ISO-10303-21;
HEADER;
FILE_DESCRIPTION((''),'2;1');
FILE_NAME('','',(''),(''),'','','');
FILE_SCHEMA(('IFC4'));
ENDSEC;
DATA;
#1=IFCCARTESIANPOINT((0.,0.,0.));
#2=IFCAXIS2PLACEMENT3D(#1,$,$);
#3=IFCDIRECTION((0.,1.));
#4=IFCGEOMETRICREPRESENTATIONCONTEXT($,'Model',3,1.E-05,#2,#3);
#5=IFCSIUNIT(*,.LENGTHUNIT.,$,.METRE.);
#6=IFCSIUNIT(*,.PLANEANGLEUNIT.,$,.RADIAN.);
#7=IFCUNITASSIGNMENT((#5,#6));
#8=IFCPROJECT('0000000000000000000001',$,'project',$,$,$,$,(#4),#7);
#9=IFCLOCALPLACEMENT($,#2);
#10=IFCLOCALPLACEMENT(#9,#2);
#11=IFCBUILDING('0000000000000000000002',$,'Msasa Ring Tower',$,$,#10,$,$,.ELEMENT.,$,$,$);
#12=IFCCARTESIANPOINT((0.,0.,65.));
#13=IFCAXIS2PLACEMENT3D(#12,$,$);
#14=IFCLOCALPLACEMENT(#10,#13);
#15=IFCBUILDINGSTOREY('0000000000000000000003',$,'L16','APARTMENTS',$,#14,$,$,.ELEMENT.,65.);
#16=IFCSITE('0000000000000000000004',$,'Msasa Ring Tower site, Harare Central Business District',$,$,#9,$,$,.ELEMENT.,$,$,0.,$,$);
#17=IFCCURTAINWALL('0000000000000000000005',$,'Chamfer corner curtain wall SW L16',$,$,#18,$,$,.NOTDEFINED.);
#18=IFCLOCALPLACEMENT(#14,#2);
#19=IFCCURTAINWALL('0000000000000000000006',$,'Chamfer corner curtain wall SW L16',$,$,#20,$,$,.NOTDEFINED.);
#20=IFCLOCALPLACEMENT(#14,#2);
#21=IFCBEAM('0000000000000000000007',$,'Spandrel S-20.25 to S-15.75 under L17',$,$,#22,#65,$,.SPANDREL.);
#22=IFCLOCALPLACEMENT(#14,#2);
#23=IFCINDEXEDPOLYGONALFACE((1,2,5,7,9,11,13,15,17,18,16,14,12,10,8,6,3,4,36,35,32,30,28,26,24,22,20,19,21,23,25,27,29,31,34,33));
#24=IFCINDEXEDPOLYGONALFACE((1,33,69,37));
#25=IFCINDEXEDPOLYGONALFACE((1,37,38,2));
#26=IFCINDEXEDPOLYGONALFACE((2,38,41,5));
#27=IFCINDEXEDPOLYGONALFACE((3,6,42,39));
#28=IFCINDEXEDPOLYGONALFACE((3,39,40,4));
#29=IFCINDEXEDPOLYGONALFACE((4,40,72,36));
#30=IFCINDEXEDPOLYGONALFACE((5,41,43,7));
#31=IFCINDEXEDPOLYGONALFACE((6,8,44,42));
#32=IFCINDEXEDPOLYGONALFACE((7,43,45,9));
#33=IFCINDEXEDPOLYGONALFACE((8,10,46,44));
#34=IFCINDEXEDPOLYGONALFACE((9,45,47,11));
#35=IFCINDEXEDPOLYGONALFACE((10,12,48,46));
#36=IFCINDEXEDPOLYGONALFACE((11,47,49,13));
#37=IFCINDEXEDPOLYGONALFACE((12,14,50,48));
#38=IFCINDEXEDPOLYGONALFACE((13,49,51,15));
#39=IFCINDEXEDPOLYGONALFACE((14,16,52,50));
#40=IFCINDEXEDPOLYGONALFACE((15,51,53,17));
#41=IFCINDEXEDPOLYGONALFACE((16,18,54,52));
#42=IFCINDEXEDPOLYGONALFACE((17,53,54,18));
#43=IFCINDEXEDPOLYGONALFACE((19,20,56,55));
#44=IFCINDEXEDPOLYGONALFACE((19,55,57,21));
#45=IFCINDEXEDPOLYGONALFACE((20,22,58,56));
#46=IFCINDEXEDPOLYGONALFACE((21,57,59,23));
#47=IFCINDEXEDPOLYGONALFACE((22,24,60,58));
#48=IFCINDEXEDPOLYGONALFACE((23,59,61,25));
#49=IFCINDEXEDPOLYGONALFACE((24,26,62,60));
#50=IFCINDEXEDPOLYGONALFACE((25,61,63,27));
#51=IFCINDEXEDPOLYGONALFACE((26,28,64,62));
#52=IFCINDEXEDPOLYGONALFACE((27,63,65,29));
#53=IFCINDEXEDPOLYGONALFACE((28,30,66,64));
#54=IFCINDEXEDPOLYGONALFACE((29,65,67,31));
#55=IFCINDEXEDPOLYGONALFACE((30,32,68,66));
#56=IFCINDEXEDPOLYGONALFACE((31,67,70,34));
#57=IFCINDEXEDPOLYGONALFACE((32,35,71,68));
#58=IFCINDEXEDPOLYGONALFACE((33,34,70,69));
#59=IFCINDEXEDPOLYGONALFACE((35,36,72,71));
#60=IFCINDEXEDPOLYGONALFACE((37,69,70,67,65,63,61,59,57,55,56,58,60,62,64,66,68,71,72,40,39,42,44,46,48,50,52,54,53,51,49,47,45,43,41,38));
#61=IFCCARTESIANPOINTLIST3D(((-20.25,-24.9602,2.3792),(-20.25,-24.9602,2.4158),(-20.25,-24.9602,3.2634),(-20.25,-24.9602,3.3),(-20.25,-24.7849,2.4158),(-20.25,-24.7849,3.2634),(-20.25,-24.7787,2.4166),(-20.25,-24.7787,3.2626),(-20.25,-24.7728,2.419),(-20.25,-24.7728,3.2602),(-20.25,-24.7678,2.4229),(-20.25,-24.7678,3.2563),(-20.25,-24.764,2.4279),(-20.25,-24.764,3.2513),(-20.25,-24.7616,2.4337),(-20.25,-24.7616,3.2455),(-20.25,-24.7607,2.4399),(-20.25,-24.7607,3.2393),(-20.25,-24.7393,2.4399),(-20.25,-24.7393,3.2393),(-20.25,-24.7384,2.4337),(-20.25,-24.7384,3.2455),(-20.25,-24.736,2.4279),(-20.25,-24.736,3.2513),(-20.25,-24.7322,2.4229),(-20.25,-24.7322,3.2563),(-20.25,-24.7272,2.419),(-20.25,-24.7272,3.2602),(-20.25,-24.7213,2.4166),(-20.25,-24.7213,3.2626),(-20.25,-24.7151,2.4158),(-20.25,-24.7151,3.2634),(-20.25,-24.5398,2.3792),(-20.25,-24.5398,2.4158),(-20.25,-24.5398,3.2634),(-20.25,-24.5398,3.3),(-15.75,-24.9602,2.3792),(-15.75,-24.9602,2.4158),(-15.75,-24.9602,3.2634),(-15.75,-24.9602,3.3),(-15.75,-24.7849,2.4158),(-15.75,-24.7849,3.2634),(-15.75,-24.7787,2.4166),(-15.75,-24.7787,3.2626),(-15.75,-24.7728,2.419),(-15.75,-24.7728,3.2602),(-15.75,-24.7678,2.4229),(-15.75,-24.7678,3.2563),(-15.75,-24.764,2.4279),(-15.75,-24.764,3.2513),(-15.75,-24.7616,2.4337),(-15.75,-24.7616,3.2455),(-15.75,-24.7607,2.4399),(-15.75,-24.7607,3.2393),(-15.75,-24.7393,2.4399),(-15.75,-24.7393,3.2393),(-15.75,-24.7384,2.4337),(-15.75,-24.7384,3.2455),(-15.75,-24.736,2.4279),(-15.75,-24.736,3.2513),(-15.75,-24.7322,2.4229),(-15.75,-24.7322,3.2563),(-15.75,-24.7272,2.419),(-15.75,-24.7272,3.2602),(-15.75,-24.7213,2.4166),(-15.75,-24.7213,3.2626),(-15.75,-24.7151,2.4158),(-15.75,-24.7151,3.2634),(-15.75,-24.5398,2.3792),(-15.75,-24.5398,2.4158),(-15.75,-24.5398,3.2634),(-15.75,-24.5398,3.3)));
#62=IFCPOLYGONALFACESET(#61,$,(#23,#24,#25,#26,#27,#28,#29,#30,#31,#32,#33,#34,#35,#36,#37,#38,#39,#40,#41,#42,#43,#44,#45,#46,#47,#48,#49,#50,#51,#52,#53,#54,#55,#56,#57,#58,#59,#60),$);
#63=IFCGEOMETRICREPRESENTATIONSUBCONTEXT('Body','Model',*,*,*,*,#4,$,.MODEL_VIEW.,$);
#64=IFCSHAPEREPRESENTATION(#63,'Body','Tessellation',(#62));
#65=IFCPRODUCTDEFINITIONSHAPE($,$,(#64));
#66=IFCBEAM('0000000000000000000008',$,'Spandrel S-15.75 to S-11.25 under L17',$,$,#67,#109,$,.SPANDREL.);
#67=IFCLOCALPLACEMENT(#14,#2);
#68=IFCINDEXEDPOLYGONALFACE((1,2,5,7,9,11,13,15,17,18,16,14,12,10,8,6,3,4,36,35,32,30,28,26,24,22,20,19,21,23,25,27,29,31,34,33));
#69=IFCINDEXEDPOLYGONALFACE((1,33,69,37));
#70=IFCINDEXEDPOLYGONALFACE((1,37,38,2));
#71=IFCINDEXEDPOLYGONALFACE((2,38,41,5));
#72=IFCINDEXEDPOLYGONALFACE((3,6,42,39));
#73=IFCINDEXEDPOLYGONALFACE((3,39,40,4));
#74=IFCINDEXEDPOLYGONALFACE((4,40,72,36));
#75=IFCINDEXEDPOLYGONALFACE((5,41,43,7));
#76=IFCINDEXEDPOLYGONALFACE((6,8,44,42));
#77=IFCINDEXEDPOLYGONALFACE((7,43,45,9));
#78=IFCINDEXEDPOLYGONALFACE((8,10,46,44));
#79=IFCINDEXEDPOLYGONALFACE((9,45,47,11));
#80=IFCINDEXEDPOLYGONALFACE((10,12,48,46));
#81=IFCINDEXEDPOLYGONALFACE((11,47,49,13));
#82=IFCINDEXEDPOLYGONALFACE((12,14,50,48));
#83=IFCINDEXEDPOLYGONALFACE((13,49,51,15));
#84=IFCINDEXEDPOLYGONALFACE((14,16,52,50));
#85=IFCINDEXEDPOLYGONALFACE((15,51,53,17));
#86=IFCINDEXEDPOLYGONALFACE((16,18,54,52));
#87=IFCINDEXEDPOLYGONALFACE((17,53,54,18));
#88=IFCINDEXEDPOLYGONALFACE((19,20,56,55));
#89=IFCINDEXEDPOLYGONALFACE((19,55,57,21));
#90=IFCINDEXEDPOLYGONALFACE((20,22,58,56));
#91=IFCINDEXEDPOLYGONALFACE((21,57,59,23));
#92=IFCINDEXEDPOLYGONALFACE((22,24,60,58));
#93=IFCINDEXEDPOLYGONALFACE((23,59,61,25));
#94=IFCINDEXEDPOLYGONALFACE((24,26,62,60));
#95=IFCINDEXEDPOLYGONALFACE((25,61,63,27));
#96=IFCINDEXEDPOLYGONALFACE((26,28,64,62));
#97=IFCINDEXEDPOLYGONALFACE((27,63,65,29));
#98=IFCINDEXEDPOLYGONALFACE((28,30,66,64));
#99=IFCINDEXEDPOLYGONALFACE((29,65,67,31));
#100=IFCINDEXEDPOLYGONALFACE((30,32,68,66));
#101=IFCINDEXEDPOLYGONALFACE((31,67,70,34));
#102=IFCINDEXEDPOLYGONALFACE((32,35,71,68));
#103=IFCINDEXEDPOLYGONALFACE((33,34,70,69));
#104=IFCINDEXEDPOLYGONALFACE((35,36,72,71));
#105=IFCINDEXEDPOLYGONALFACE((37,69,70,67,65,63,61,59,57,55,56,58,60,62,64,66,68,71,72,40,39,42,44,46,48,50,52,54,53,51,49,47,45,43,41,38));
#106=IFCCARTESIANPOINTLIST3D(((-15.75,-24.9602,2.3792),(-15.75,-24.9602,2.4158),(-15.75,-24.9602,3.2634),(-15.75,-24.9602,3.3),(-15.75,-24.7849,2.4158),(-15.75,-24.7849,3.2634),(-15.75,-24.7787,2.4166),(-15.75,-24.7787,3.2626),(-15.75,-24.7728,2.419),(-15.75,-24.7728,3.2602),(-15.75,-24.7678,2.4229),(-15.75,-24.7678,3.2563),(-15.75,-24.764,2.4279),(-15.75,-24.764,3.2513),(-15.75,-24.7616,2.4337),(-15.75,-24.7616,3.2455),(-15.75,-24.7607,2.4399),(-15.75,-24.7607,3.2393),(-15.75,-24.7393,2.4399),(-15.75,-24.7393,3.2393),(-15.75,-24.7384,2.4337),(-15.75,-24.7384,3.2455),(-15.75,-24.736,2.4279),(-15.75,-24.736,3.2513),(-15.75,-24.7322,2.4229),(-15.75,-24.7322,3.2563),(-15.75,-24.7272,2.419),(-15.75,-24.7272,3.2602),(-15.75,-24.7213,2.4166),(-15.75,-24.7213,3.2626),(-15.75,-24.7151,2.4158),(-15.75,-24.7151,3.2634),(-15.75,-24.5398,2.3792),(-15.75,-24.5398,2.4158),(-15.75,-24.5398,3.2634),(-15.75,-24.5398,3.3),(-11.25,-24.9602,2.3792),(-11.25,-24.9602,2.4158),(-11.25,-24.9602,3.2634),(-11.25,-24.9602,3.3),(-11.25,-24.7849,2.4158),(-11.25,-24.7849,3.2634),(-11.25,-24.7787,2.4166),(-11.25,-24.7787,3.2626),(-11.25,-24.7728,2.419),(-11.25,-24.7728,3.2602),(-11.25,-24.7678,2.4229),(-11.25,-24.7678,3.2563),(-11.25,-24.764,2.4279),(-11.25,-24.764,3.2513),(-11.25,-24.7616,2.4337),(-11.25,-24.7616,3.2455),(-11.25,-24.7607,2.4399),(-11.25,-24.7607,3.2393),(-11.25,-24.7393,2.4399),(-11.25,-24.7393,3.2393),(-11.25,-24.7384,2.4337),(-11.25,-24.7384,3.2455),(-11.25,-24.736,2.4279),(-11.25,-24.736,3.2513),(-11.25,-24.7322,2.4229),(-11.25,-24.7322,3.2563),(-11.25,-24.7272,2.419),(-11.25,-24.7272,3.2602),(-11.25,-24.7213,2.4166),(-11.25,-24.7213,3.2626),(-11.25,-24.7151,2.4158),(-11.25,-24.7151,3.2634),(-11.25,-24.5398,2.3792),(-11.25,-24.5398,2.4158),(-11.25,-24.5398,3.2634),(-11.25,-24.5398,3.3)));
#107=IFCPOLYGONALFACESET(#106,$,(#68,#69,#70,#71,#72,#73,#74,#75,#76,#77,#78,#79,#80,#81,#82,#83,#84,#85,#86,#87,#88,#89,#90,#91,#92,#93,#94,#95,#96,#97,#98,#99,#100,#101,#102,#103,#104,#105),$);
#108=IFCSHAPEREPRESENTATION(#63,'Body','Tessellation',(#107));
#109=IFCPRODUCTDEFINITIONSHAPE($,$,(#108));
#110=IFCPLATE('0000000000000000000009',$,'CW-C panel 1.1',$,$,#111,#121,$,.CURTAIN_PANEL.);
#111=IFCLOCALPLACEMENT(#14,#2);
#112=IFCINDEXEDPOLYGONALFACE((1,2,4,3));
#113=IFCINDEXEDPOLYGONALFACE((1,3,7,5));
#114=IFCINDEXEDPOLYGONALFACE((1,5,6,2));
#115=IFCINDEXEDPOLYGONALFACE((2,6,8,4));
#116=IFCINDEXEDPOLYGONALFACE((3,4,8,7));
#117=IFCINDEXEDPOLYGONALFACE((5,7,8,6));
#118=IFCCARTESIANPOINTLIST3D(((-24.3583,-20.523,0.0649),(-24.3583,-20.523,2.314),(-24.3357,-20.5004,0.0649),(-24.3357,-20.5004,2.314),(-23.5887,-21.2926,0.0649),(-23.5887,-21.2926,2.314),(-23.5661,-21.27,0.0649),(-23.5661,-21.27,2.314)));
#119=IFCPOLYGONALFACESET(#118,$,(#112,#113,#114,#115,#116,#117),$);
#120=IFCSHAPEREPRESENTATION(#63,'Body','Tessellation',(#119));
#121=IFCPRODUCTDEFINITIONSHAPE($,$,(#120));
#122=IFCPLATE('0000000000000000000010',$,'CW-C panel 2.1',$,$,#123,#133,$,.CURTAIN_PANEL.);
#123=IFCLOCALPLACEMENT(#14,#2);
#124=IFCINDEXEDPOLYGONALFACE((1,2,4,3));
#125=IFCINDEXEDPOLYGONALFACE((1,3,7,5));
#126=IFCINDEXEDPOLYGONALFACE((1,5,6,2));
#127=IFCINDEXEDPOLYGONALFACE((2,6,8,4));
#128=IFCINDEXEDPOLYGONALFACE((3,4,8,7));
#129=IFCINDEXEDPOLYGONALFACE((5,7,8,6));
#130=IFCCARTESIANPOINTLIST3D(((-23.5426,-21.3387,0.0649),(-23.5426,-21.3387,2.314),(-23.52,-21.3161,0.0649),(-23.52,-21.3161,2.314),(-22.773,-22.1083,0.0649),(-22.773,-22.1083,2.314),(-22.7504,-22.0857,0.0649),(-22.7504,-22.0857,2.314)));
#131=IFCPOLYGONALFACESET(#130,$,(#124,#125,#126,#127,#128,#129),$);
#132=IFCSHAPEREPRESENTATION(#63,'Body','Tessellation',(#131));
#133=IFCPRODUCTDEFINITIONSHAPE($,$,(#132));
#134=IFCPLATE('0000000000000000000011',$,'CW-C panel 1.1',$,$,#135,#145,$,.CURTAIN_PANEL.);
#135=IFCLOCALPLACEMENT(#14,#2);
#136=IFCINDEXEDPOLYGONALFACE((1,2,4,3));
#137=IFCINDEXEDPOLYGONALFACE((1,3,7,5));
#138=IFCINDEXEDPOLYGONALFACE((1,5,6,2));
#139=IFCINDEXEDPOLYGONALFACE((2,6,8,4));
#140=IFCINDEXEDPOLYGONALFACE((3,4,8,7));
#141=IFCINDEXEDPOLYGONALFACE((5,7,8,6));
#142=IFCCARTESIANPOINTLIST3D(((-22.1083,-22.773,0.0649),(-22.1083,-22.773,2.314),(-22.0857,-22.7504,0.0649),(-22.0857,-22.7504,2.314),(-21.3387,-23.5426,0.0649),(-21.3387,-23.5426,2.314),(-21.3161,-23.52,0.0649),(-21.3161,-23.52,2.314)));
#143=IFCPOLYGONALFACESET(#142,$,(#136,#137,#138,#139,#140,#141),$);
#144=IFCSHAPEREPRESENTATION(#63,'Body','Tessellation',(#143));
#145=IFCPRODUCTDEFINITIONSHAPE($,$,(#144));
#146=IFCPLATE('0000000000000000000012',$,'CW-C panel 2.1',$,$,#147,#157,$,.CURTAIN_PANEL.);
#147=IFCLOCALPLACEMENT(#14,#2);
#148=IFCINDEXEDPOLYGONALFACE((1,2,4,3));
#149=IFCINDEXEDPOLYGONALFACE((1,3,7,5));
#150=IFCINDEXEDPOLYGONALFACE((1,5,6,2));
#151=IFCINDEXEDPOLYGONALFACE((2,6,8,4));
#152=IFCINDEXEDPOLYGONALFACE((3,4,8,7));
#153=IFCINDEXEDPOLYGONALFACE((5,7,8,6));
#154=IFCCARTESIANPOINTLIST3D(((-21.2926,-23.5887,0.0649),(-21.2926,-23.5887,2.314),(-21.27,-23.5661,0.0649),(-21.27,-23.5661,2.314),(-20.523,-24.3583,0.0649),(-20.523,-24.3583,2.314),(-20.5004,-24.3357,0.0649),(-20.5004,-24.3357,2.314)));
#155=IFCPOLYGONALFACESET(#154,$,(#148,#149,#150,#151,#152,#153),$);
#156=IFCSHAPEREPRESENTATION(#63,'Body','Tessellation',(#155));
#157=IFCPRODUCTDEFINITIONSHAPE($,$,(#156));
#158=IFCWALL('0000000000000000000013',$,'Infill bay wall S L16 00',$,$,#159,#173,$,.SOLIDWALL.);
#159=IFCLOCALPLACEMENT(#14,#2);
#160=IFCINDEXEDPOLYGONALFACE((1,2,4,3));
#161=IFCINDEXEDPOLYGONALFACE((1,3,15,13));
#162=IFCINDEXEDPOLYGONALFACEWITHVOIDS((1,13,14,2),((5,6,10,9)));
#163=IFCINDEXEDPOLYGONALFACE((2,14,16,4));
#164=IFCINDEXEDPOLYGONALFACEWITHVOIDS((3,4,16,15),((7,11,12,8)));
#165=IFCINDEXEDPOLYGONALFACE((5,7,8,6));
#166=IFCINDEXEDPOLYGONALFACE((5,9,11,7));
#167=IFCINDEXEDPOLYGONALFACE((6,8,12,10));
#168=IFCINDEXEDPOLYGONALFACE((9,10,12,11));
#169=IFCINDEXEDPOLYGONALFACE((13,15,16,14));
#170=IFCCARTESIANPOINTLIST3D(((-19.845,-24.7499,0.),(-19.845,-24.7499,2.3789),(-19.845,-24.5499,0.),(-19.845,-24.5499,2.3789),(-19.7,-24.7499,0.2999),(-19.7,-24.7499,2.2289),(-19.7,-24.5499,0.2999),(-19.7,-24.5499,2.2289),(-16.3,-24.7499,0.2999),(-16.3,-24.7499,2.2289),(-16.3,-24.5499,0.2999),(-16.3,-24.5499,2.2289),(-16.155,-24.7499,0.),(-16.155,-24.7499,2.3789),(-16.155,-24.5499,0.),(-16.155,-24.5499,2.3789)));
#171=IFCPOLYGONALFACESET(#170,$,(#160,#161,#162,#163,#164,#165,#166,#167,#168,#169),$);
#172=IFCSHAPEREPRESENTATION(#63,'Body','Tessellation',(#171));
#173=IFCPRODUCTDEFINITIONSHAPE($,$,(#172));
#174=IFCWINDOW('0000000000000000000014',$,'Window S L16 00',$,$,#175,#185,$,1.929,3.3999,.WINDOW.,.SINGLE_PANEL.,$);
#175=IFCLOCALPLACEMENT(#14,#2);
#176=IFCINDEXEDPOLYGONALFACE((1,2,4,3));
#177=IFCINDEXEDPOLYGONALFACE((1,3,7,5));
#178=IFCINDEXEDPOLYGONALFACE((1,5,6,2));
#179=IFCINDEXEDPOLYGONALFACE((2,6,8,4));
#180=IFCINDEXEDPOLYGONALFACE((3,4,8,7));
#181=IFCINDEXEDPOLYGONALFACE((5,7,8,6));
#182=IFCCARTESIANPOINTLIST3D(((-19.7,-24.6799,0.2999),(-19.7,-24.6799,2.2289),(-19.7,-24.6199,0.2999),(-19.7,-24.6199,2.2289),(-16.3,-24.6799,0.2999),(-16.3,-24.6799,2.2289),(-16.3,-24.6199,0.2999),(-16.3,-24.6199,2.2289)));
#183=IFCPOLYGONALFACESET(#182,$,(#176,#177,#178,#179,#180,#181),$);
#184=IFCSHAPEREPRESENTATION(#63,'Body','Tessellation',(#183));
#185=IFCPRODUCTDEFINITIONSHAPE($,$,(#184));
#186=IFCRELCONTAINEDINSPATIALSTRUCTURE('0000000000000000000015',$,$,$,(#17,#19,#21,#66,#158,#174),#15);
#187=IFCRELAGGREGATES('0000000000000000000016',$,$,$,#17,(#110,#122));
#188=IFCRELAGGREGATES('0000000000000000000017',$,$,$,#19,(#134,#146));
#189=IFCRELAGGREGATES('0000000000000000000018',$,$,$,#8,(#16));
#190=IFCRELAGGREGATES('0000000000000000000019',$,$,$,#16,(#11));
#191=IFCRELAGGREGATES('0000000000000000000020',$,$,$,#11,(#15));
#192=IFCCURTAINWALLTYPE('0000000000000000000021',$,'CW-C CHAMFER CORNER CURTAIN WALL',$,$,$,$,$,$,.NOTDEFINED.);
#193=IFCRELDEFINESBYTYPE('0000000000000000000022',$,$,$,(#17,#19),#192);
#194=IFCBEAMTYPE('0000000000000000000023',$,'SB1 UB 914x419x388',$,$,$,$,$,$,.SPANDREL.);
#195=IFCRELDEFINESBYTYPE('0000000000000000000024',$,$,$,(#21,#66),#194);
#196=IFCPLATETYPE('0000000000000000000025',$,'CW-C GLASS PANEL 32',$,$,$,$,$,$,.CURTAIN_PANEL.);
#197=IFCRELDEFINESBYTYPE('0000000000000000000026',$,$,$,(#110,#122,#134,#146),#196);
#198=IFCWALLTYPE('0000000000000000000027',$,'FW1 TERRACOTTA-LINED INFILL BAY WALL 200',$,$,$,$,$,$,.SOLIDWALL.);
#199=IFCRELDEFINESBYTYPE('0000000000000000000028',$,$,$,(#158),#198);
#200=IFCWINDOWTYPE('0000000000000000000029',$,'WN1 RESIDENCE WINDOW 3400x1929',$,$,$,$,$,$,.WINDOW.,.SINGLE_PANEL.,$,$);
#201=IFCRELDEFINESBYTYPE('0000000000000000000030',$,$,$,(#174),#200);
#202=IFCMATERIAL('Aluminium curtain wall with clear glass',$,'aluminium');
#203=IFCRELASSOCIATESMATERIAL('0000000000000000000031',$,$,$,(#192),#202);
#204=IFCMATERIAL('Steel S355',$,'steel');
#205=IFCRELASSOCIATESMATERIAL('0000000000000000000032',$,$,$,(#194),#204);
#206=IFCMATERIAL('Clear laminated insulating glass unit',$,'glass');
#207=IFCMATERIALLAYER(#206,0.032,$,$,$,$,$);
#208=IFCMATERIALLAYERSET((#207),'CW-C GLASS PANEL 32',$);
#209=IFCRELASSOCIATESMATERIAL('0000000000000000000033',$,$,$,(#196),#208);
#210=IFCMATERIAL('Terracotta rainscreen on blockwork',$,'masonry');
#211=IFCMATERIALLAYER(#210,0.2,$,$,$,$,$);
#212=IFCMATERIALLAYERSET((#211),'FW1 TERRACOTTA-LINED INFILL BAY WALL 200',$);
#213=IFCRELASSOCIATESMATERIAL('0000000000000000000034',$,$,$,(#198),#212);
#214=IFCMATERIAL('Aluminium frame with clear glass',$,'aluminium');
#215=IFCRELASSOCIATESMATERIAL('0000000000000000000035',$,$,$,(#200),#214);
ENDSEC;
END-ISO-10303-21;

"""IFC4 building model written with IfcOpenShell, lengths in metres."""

from ifc_helpers import new_model, si_unit, direction, frame, frame_2d, origin, origin_2d, place, context, subcontext, project, spatial, rectangle, i_section, extrude, material, layer, layer_set, material_profile, profile_set, type_object, element, fill, aggregate, save


model = new_model("IFC4")

# Units and contexts
model_context = context("Model", 3, precision=1e-05, world=origin(), true_north=direction((0.0, 1.0)))
body_context = subcontext(model_context, "Body", "Model", "MODEL_VIEW")
ifc_project = project(units=[si_unit("LENGTHUNIT", "METRE"), si_unit("PLANEANGLEUNIT", "RADIAN")], contexts=[model_context])

# Site, building, storey
site_placement = place(None, origin())
site = spatial("IfcSite", under=ifc_project, at=site_placement, Name="Msasa Ring Tower site, Harare Central Business District", CompositionType="ELEMENT", RefElevation=0.0)
building_placement = place(site_placement, origin())
building = spatial("IfcBuilding", under=site, at=building_placement, Name="Msasa Ring Tower", CompositionType="ELEMENT")
storey_placement = place(building_placement, frame((0.0, 0.0, 65.0)))
storey = spatial("IfcBuildingStorey", under=building, at=storey_placement, Name="L16", Description="APARTMENTS", CompositionType="ELEMENT", Elevation=65.0)

# Curtain walls
ifc_material_1 = material(Name="Aluminium curtain wall with clear glass", Category="aluminium")
curtain_wall_type = type_object("IfcCurtainWallType", Name="CW-C CHAMFER CORNER CURTAIN WALL", PredefinedType="NOTDEFINED", material=ifc_material_1)
curtain_wall_1_placement = place(storey_placement, origin())
curtain_wall_1 = element("IfcCurtainWall", 1, at=curtain_wall_1_placement, inside=storey, type_object=curtain_wall_type, Name="Chamfer corner curtain wall SW L16", PredefinedType="NOTDEFINED")
curtain_wall_2_placement = place(storey_placement, origin())
curtain_wall_2 = element("IfcCurtainWall", 2, at=curtain_wall_2_placement, inside=storey, type_object=curtain_wall_type, Name="Chamfer corner curtain wall SW L16", PredefinedType="NOTDEFINED")

# Beams
ifc_material_2 = material(Name="Steel S355", Category="steel")
ifc_material_profile_1 = material_profile(ifc_material_2, i_section(OverallWidth=0.4204, OverallDepth=0.9209, WebThickness=0.0215, FlangeThickness=0.0366, FilletRadius=0.0242, at=origin_2d()), Name="UB 914x419x388")
ifc_profile_set_1 = profile_set([ifc_material_profile_1], Name="Steel S355")
beam_type_1 = type_object("IfcBeamType", Name="SB1 UB 914x419x388", PredefinedType="SPANDREL", material=ifc_profile_set_1)
for number, where, z_axis, x_axis, name in (
    (3, (-20.25, -24.75, 2.8396), (1.0, 0.0, 0.0), (0.0, 1.0, 0.0), "Spandrel S-20.25 to S-15.75 under L17"),
    (4, (-15.75, -24.75, 2.8396), (1.0, 0.0, 0.0), (0.0, 1.0, 0.0), "Spandrel S-15.75 to S-11.25 under L17"),
):
    element("IfcBeam", number, at=place(storey_placement, frame(where, z_axis=z_axis, x_axis=x_axis)), inside=storey, type_object=beam_type_1, Name=name, PredefinedType="SPANDREL", context=body_context, shape_type="SweptSolid", body=[
        extrude(i_section(OverallWidth=0.4204, OverallDepth=0.9209, WebThickness=0.0215, FlangeThickness=0.0366, FilletRadius=0.0242, at=origin_2d()), origin(), (0.0, 0.0, 1.0), 4.5),
    ])

# Plates
ifc_material_3 = material(Name="Clear laminated insulating glass unit", Category="glass")
ifc_layer_1 = layer(ifc_material_3, 0.032)
ifc_layer_set_1 = layer_set([ifc_layer_1], Name="CW-C GLASS PANEL 32")
plate_type = type_object("IfcPlateType", Name="CW-C GLASS PANEL 32", PredefinedType="CURTAIN_PANEL", material=ifc_layer_set_1)
plate_1_placement = place(storey_placement, frame((-23.9622, -20.8965, 0.0649), z_axis=(0.0, 0.0, 1.0), x_axis=(0.707107, -0.707107, 0.0)))
plate_1 = element("IfcPlate", 5, at=plate_1_placement, type_object=plate_type, Name="CW-C panel 1.1", PredefinedType="CURTAIN_PANEL", context=body_context, shape_type="SweptSolid", body=[
    extrude(rectangle(XDim=1.0884, YDim=0.032, at=origin_2d()), origin(), (0.0, 0.0, 1.0), 2.249),
])
plate_2_placement = place(storey_placement, frame((-23.1465, -21.7122, 0.0649), z_axis=(0.0, 0.0, 1.0), x_axis=(0.707107, -0.707107, 0.0)))
plate_2 = element("IfcPlate", 6, at=plate_2_placement, type_object=plate_type, Name="CW-C panel 2.1", PredefinedType="CURTAIN_PANEL", context=body_context, shape_type="SweptSolid", body=[
    extrude(rectangle(XDim=1.0884, YDim=0.032, at=origin_2d()), origin(), (0.0, 0.0, 1.0), 2.249),
])
aggregate(curtain_wall_1, [plate_1, plate_2])
plate_3_placement = place(storey_placement, frame((-21.7122, -23.1465, 0.0649), z_axis=(0.0, 0.0, 1.0), x_axis=(0.707107, -0.707107, 0.0)))
plate_3 = element("IfcPlate", 7, at=plate_3_placement, type_object=plate_type, Name="CW-C panel 1.1", PredefinedType="CURTAIN_PANEL", context=body_context, shape_type="SweptSolid", body=[
    extrude(rectangle(XDim=1.0884, YDim=0.032, at=origin_2d()), origin(), (0.0, 0.0, 1.0), 2.249),
])
plate_4_placement = place(storey_placement, frame((-20.8965, -23.9622, 0.0649), z_axis=(0.0, 0.0, 1.0), x_axis=(0.707107, -0.707107, 0.0)))
plate_4 = element("IfcPlate", 8, at=plate_4_placement, type_object=plate_type, Name="CW-C panel 2.1", PredefinedType="CURTAIN_PANEL", context=body_context, shape_type="SweptSolid", body=[
    extrude(rectangle(XDim=1.0884, YDim=0.032, at=origin_2d()), origin(), (0.0, 0.0, 1.0), 2.249),
])
aggregate(curtain_wall_2, [plate_3, plate_4])

# Wall, opening, window
ifc_material_4 = material(Name="Terracotta rainscreen on blockwork", Category="masonry")
ifc_layer_2 = layer(ifc_material_4, 0.2)
ifc_layer_set_2 = layer_set([ifc_layer_2], Name="FW1 TERRACOTTA-LINED INFILL BAY WALL 200")
wall_type_1 = type_object("IfcWallType", Name="FW1 TERRACOTTA-LINED INFILL BAY WALL 200", PredefinedType="SOLIDWALL", material=ifc_layer_set_2)
wall_1_placement = place(storey_placement, frame((-19.845, -24.6499, 0.0), z_axis=(0.0, 0.0, 1.0), x_axis=(1.0, 0.0, 0.0)))
wall_1 = element("IfcWall", 9, at=wall_1_placement, inside=storey, type_object=wall_type_1, Name="Infill bay wall S L16 00", PredefinedType="SOLIDWALL", context=body_context, shape_type="SweptSolid", body=[
    extrude(rectangle(XDim=3.6899, YDim=0.2, at=frame_2d((1.845, 0.0))), origin(), (0.0, 0.0, 1.0), 2.3789),
])
opening_1_placement = place(wall_1_placement, frame((0.145, 0.0, 0.3)))
opening_1 = element("IfcOpeningElement", 10, at=opening_1_placement, cuts=wall_1, PredefinedType="OPENING", context=body_context, shape_type="SweptSolid", body=[
    extrude(rectangle(XDim=3.3999, YDim=1.929, at=frame_2d((1.7, 0.9644))), frame((0.0, 0.1099, 0.0), z_axis=(0.0, -1.0, 0.0), x_axis=(1.0, 0.0, 0.0)), (0.0, 0.0, 1.0), 0.22),
])
ifc_material_5 = material(Name="Aluminium frame with clear glass", Category="aluminium")
window_type = type_object("IfcWindowType", Name="WN1 RESIDENCE WINDOW 3400x1929", PartitioningType="SINGLE_PANEL", PredefinedType="WINDOW", material=ifc_material_5)
window_1_placement = place(opening_1_placement, origin())
window_1 = element("IfcWindow", 11, at=window_1_placement, inside=storey, type_object=window_type, Name="Window S L16 00", OverallHeight=1.929, OverallWidth=3.3999, PartitioningType="SINGLE_PANEL", PredefinedType="WINDOW", context=body_context, shape_type="SweptSolid", body=[
    extrude(rectangle(XDim=3.3999, YDim=1.929, at=frame_2d((1.7, 0.9644))), frame((0.0, 0.03, 0.0), z_axis=(0.0, -1.0, 0.0), x_axis=(1.0, 0.0, 0.0)), (0.0, 0.0, 1.0), 0.0601),
])
fill(opening_1, window_1)

save(model, "model.ifc")
